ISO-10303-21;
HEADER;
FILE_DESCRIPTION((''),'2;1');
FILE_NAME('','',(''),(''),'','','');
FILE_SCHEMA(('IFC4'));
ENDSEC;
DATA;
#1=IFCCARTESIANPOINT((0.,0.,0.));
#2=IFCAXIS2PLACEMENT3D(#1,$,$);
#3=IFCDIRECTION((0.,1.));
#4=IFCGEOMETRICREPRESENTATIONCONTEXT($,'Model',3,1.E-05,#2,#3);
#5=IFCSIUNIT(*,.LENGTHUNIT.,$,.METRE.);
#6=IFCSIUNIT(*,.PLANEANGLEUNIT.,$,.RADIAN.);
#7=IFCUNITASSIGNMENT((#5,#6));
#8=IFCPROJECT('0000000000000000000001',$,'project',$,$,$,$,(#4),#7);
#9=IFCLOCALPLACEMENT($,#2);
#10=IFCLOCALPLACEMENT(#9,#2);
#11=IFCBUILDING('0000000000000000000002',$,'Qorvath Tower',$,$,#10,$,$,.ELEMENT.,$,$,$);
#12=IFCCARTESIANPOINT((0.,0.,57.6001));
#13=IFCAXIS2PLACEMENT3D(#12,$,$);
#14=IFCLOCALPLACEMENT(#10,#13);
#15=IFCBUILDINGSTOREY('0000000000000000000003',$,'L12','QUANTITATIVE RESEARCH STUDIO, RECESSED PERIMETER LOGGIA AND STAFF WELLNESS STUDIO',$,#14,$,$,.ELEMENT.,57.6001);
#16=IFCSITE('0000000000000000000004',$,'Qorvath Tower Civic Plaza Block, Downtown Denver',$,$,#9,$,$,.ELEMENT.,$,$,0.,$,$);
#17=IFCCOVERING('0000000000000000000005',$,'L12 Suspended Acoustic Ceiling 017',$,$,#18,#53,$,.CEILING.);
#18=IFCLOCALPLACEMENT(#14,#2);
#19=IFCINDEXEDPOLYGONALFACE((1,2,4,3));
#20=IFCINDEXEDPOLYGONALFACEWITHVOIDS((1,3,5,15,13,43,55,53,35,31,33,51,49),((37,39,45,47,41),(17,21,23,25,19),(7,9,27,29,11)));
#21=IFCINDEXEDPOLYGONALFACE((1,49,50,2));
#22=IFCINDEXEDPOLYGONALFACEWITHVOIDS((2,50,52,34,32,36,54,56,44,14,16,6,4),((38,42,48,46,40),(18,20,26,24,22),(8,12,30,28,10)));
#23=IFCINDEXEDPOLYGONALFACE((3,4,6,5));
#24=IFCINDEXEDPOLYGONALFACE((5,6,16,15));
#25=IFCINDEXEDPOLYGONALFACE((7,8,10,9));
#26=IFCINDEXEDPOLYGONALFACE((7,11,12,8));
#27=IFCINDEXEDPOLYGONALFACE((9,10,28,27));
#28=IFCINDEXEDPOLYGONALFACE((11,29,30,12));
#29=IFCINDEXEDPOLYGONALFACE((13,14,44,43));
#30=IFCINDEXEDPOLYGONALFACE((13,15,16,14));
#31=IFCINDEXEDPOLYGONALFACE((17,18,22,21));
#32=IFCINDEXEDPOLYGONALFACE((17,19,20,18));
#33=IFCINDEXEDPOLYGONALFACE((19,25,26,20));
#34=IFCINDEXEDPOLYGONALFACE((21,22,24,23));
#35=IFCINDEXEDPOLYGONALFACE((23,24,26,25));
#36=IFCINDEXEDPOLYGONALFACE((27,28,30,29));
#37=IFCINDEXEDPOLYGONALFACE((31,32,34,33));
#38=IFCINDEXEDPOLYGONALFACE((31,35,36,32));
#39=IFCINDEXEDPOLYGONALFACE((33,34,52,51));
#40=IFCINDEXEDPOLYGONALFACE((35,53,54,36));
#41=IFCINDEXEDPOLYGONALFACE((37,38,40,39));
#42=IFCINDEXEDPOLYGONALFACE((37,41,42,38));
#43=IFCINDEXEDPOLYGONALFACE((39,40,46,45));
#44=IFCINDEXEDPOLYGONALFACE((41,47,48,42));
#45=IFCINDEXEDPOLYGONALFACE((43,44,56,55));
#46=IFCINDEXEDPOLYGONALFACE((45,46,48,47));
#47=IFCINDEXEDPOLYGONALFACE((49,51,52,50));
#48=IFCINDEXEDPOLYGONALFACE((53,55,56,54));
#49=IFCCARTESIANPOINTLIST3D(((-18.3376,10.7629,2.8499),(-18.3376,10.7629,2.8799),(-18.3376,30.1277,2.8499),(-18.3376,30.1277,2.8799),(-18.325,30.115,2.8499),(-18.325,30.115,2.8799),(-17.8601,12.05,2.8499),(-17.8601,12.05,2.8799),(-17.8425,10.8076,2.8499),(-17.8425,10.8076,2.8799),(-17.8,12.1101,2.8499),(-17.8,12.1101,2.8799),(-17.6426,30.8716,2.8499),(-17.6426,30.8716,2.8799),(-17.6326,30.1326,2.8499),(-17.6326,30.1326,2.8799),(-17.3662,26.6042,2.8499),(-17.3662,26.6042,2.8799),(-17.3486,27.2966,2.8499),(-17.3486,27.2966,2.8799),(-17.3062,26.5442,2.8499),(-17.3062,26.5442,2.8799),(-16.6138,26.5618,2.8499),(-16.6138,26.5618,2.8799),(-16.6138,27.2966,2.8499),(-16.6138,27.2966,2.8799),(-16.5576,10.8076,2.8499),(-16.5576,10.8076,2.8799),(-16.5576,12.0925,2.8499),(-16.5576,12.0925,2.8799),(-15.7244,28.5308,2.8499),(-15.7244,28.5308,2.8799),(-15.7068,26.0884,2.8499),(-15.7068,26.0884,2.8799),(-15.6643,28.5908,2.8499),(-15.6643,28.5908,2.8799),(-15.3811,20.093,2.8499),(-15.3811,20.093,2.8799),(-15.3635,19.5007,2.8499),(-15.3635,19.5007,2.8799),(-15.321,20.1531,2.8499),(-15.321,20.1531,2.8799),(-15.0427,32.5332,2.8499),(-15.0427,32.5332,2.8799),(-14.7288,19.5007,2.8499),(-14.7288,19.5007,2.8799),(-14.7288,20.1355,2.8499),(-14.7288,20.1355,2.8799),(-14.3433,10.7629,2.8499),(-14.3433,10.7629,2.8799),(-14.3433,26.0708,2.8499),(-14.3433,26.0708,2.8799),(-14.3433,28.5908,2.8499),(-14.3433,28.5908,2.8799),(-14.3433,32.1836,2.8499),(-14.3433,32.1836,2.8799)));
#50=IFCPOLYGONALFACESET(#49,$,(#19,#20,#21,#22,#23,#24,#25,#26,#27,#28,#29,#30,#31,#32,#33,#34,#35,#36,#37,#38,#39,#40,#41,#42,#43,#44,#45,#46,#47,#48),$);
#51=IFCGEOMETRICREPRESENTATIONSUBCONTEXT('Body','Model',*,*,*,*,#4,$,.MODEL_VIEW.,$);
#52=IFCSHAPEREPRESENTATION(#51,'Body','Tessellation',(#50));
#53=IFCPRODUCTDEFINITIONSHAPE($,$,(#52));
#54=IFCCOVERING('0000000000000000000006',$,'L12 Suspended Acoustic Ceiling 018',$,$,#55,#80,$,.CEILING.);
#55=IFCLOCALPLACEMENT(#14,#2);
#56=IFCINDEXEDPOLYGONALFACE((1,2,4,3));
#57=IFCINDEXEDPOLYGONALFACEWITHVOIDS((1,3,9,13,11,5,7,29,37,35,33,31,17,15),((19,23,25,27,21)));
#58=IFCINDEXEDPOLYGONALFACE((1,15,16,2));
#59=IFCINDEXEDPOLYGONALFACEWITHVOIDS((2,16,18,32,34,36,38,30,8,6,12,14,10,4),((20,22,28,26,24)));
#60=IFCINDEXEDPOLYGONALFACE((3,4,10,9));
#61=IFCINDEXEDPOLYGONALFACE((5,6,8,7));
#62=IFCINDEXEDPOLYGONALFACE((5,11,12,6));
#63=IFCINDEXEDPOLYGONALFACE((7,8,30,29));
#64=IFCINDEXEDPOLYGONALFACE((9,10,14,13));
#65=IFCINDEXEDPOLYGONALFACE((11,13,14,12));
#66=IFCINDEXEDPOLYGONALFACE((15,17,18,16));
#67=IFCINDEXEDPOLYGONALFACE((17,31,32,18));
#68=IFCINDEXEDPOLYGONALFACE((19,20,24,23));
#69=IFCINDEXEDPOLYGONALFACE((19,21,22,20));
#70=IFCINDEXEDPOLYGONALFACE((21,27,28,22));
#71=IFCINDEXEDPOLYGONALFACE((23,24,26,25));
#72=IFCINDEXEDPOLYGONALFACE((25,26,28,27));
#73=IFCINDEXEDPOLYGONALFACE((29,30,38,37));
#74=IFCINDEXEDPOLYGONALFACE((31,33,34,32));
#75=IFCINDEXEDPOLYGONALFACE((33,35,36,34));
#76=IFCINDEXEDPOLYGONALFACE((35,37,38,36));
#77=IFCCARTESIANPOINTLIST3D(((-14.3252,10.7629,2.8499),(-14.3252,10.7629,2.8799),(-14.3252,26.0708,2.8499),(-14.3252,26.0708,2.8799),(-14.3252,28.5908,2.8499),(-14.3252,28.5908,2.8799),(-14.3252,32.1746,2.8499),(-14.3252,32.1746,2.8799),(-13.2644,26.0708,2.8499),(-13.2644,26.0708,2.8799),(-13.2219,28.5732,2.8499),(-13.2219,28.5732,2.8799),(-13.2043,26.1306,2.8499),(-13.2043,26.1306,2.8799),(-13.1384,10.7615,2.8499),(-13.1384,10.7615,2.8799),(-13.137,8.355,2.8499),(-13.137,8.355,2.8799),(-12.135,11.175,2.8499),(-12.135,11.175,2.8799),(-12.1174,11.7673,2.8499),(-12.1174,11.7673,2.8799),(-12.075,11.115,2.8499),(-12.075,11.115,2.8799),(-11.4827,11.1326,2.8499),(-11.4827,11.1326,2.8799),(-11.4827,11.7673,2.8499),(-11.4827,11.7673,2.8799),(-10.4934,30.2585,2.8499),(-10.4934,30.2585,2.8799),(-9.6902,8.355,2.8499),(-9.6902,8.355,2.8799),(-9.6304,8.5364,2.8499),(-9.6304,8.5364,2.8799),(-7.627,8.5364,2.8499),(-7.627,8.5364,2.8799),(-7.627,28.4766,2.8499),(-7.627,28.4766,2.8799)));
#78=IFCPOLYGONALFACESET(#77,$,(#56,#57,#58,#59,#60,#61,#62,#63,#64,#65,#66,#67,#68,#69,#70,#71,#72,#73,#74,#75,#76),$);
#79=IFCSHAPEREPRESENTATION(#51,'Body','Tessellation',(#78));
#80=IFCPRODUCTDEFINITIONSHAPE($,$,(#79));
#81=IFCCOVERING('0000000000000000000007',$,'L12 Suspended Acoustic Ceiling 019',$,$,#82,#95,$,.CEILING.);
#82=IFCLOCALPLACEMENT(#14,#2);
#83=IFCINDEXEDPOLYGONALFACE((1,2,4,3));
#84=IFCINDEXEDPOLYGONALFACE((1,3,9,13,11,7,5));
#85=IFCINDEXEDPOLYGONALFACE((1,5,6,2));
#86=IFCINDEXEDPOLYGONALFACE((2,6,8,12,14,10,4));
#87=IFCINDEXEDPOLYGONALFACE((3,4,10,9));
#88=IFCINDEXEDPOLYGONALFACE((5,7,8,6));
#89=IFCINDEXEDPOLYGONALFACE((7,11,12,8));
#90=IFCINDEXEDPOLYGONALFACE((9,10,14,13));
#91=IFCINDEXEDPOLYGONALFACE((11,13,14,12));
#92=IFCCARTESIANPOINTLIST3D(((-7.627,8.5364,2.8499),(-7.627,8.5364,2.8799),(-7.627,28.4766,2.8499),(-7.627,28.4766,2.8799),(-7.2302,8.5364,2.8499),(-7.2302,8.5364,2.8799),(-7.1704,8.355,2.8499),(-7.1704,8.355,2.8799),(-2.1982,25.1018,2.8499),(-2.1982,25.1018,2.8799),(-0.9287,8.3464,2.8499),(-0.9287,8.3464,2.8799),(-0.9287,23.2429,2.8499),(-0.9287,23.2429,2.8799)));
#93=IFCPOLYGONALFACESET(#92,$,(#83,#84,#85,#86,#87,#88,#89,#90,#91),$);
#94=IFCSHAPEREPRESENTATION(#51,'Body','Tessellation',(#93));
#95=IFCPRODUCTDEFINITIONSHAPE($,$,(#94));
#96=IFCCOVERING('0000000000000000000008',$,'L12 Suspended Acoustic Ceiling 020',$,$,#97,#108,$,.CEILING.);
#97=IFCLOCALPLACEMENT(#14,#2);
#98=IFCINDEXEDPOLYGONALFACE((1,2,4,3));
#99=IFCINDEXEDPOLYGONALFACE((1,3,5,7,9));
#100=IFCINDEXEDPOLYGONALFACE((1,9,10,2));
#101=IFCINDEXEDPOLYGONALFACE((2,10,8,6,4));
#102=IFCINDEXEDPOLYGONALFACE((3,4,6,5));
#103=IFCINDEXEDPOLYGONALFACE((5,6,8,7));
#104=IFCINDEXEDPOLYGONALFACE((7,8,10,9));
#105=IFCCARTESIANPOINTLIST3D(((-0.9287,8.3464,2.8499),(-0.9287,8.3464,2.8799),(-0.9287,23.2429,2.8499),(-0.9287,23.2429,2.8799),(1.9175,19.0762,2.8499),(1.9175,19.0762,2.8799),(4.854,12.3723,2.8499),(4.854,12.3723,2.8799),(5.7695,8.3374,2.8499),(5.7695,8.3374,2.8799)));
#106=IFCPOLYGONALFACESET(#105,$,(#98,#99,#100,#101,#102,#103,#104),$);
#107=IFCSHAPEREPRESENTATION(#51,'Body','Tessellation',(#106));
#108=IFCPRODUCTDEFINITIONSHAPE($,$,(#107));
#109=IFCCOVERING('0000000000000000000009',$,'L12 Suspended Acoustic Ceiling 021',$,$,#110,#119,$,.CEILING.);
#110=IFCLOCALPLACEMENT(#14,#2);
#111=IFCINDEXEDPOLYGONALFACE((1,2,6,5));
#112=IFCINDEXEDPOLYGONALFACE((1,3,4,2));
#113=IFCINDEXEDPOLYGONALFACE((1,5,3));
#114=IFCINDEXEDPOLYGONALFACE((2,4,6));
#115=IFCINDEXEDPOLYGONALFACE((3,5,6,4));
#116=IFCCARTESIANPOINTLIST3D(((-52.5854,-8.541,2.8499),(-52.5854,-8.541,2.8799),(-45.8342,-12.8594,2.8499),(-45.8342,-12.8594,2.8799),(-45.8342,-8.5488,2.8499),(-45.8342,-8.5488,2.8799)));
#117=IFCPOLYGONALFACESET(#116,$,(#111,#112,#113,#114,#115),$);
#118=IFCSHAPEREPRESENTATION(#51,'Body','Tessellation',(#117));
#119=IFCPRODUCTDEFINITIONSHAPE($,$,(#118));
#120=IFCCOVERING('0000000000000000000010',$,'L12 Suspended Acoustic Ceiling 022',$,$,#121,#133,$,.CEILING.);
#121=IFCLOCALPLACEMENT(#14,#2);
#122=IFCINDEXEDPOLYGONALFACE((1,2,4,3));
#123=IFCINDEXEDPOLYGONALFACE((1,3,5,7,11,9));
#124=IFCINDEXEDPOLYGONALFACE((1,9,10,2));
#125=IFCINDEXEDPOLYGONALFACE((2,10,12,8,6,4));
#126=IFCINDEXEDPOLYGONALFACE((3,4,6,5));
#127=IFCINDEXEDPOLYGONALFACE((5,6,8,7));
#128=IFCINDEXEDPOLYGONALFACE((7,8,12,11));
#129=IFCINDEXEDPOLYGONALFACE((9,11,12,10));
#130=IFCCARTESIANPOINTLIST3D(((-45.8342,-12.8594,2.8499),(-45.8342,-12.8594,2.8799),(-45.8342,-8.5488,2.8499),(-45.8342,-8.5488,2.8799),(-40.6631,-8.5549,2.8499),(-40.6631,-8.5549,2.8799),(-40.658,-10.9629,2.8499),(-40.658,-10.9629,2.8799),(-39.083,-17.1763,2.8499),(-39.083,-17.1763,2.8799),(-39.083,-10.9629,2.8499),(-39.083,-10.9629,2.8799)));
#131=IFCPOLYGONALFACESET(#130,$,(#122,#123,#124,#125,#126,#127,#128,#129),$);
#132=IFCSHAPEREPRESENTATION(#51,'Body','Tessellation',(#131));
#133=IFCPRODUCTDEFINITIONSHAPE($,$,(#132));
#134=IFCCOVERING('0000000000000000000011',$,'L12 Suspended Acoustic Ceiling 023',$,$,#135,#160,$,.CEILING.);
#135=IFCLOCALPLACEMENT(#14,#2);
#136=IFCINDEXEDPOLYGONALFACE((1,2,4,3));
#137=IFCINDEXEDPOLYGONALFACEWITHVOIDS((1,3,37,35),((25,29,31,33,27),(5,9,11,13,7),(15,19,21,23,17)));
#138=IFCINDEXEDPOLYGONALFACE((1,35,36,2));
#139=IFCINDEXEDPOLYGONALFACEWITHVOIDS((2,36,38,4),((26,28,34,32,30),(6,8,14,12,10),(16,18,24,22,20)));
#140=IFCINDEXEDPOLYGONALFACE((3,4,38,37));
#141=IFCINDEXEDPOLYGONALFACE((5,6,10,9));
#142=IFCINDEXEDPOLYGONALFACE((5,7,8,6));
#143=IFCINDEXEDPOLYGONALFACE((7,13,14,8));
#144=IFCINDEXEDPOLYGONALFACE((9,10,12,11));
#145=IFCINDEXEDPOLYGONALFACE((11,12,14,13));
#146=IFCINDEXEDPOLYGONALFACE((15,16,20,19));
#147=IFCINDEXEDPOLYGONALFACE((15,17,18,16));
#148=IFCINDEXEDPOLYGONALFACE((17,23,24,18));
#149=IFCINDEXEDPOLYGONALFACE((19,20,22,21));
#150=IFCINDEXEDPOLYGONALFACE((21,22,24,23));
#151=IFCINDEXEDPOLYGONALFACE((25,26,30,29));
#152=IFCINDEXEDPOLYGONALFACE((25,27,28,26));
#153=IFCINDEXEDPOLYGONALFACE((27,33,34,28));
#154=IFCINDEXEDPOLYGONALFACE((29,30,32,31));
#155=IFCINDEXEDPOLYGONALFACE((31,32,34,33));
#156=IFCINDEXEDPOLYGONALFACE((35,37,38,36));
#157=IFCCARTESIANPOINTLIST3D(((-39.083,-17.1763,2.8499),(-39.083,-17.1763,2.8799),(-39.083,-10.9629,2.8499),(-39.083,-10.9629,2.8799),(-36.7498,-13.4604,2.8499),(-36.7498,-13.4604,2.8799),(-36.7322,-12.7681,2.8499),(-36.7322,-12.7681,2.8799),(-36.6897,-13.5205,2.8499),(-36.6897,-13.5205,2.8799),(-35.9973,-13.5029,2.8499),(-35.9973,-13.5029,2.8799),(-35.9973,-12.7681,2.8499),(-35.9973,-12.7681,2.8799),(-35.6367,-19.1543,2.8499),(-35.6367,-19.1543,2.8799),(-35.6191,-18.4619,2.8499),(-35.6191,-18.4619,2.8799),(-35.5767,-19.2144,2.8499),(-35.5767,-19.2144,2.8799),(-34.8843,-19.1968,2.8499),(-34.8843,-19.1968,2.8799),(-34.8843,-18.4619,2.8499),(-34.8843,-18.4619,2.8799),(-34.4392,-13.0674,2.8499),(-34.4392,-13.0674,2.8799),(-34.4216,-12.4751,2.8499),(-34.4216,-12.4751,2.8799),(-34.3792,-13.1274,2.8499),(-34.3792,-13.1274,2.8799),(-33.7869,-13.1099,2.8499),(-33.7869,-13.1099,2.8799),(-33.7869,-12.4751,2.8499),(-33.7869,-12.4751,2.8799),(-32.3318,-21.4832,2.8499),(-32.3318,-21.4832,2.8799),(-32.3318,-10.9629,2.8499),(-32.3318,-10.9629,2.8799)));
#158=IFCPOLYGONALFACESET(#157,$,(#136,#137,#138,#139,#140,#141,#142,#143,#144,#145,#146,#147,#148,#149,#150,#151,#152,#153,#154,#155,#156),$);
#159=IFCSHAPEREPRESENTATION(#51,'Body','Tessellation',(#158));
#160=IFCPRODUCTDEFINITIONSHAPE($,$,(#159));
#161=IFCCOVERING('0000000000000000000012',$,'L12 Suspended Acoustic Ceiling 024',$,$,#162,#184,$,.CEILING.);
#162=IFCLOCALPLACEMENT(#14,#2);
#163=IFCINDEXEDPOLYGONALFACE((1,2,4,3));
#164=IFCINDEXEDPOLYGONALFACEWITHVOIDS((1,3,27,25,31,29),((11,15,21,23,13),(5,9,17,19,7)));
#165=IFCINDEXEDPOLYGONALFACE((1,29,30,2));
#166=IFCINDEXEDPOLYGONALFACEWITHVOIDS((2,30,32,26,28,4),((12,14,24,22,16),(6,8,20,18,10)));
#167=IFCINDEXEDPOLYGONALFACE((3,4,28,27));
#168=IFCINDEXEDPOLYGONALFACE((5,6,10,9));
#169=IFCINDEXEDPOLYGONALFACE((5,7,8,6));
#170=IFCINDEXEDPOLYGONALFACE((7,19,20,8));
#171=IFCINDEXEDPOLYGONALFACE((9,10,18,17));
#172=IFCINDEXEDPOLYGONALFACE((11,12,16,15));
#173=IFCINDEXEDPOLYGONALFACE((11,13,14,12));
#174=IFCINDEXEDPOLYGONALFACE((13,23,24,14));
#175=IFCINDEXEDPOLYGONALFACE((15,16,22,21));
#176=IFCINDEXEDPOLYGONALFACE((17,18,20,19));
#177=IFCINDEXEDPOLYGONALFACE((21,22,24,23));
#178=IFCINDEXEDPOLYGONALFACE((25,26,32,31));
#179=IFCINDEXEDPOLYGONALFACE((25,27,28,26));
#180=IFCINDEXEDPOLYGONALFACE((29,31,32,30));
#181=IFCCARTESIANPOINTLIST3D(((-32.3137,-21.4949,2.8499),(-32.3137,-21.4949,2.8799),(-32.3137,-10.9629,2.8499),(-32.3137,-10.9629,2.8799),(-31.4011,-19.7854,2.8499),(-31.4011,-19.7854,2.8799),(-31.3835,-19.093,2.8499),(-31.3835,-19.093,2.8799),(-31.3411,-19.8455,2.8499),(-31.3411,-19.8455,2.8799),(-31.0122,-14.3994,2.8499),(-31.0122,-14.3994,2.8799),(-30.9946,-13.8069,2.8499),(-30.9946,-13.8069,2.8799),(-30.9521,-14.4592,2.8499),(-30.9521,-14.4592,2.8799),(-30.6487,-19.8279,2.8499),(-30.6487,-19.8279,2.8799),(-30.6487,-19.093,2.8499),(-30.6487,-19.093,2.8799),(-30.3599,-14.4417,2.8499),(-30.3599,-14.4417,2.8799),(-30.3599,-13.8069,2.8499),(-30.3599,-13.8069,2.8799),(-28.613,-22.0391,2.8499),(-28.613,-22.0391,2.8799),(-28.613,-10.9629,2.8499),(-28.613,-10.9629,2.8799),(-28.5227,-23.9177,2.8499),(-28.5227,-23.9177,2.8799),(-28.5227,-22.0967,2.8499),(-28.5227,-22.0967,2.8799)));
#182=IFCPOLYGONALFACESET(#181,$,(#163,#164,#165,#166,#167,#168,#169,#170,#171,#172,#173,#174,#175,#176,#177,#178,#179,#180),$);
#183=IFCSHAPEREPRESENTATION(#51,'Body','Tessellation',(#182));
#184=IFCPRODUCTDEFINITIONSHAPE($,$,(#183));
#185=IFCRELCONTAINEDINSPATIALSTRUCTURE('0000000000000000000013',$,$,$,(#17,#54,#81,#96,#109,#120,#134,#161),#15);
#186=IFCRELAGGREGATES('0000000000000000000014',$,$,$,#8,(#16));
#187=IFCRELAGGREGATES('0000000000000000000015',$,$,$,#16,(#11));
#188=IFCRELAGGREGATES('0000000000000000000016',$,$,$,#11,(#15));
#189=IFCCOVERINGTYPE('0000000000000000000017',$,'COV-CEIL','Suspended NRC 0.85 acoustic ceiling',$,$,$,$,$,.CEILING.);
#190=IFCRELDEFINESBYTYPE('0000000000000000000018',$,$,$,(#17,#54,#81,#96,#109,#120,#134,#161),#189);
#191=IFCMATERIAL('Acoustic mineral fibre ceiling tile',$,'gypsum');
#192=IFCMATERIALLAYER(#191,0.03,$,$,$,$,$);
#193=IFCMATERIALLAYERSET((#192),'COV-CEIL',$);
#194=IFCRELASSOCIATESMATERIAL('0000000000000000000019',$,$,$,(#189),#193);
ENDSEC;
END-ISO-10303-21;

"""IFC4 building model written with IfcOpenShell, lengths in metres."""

from ifc_helpers import new_model, si_unit, direction, frame, origin, place, context, subcontext, project, spatial, polyline, outline, extrude, material, layer, layer_set, type_object, element, save


model = new_model("IFC4")

# Units and contexts
model_context = context("Model", 3, precision=1e-05, world=origin(), true_north=direction((0.0, 1.0)))
body_context = subcontext(model_context, "Body", "Model", "MODEL_VIEW")
ifc_project = project(units=[si_unit("LENGTHUNIT", "METRE"), si_unit("PLANEANGLEUNIT", "RADIAN")], contexts=[model_context])

# Site, building, storey
site_placement = place(None, origin())
site = spatial("IfcSite", under=ifc_project, at=site_placement, Name="Qorvath Tower Civic Plaza Block, Downtown Denver", CompositionType="ELEMENT", RefElevation=0.0)
building_placement = place(site_placement, origin())
building = spatial("IfcBuilding", under=site, at=building_placement, Name="Qorvath Tower", CompositionType="ELEMENT")
storey_placement = place(building_placement, frame((0.0, 0.0, 57.6001)))
storey = spatial("IfcBuildingStorey", under=building, at=storey_placement, Name="L12", Description="QUANTITATIVE RESEARCH STUDIO, RECESSED PERIMETER LOGGIA AND STAFF WELLNESS STUDIO", CompositionType="ELEMENT", Elevation=57.6001)

# Coverings
ifc_material_1 = material(Name="Acoustic mineral fibre ceiling tile", Category="gypsum")
ifc_layer_1 = layer(ifc_material_1, 0.03)
ifc_layer_set_1 = layer_set([ifc_layer_1], Name="COV-CEIL")
covering_type_1 = type_object("IfcCoveringType", Name="COV-CEIL", Description="Suspended NRC 0.85 acoustic ceiling", PredefinedType="CEILING", material=ifc_layer_set_1)
covering_1_placement = place(storey_placement, frame((0.0, 0.0, 2.8499)))
element("IfcCovering", 1, at=covering_1_placement, inside=storey, type_object=covering_type_1, Name="L12 Suspended Acoustic Ceiling 017", PredefinedType="CEILING", context=body_context, shape_type="SweptSolid", body=[
    extrude(outline(polyline([(-14.3433, 32.1836), (-15.0427, 32.5332), (-17.6426, 30.8716), (-17.6326, 30.1326), (-18.325, 30.115), (-18.3376, 30.1277), (-18.3376, 10.7629), (-14.3433, 10.7629), (-14.3433, 26.0708), (-15.7068, 26.0884), (-15.7244, 28.5308), (-15.6643, 28.5908), (-14.3433, 28.5908), (-14.3433, 32.1836)]), holes=[polyline([(-15.3811, 20.093), (-15.321, 20.1531), (-14.7288, 20.1355), (-14.7288, 19.5007), (-15.3635, 19.5007), (-15.3811, 20.093)]), polyline([(-17.8601, 12.05), (-17.8, 12.1101), (-16.5576, 12.0925), (-16.5576, 10.8076), (-17.8425, 10.8076), (-17.8601, 12.05)]), polyline([(-17.3662, 26.6042), (-17.3486, 27.2966), (-16.6138, 27.2966), (-16.6138, 26.5618), (-17.3062, 26.5442), (-17.3662, 26.6042)])]), origin(), (0.0, 0.0, 1.0), 0.03),
])
covering_2_placement = place(storey_placement, frame((0.0, 0.0, 2.8499)))
element("IfcCovering", 2, at=covering_2_placement, inside=storey, type_object=covering_type_1, Name="L12 Suspended Acoustic Ceiling 018", PredefinedType="CEILING", context=body_context, shape_type="SweptSolid", body=[
    extrude(outline(polyline([(-7.627, 8.5364), (-7.627, 28.4766), (-10.4934, 30.2585), (-14.3252, 32.1746), (-14.3252, 28.5908), (-13.2219, 28.5732), (-13.2043, 26.1306), (-13.2644, 26.0708), (-14.3252, 26.0708), (-14.3252, 10.7629), (-13.1384, 10.7615), (-13.137, 8.355), (-9.6902, 8.355), (-9.6304, 8.5364), (-7.627, 8.5364)]), holes=[polyline([(-12.135, 11.175), (-12.1174, 11.7673), (-11.4827, 11.7673), (-11.4827, 11.1326), (-12.075, 11.115), (-12.135, 11.175)])]), origin(), (0.0, 0.0, 1.0), 0.03),
])
covering_3_placement = place(storey_placement, frame((0.0, 0.0, 2.8499)))
element("IfcCovering", 3, at=covering_3_placement, inside=storey, type_object=covering_type_1, Name="L12 Suspended Acoustic Ceiling 019", PredefinedType="CEILING", context=body_context, shape_type="SweptSolid", body=[
    extrude(outline(polyline([(-0.9287, 8.3464), (-0.9287, 23.2429), (-2.1982, 25.1018), (-7.627, 28.4766), (-7.627, 8.5364), (-7.2302, 8.5364), (-7.1704, 8.355), (-0.9287, 8.3464)])), origin(), (0.0, 0.0, 1.0), 0.03),
])
covering_4_placement = place(storey_placement, frame((0.0, 0.0, 2.8499)))
element("IfcCovering", 4, at=covering_4_placement, inside=storey, type_object=covering_type_1, Name="L12 Suspended Acoustic Ceiling 020", PredefinedType="CEILING", context=body_context, shape_type="SweptSolid", body=[
    extrude(outline(polyline([(5.7695, 8.3374), (4.854, 12.3723), (1.9175, 19.0762), (-0.9287, 23.2429), (-0.9287, 8.3464), (5.7695, 8.3374)])), origin(), (0.0, 0.0, 1.0), 0.03),
])
covering_5_placement = place(storey_placement, frame((0.0, 0.0, 2.8499)))
element("IfcCovering", 5, at=covering_5_placement, inside=storey, type_object=covering_type_1, Name="L12 Suspended Acoustic Ceiling 021", PredefinedType="CEILING", context=body_context, shape_type="SweptSolid", body=[
    extrude(outline(polyline([(-45.8342, -12.8594), (-45.8342, -8.5488), (-52.5854, -8.541), (-45.8342, -12.8594)])), origin(), (0.0, 0.0, 1.0), 0.03),
])
covering_6_placement = place(storey_placement, frame((0.0, 0.0, 2.8499)))
element("IfcCovering", 6, at=covering_6_placement, inside=storey, type_object=covering_type_1, Name="L12 Suspended Acoustic Ceiling 022", PredefinedType="CEILING", context=body_context, shape_type="SweptSolid", body=[
    extrude(outline(polyline([(-39.083, -10.9629), (-40.658, -10.9629), (-40.6631, -8.5549), (-45.8342, -8.5488), (-45.8342, -12.8594), (-39.083, -17.1763), (-39.083, -10.9629)])), origin(), (0.0, 0.0, 1.0), 0.03),
])
covering_7_placement = place(storey_placement, frame((0.0, 0.0, 2.8499)))
element("IfcCovering", 7, at=covering_7_placement, inside=storey, type_object=covering_type_1, Name="L12 Suspended Acoustic Ceiling 023", PredefinedType="CEILING", context=body_context, shape_type="SweptSolid", body=[
    extrude(outline(polyline([(-32.3318, -21.4832), (-32.3318, -10.9629), (-39.083, -10.9629), (-39.083, -17.1763), (-32.3318, -21.4832)]), holes=[polyline([(-34.4392, -13.0674), (-34.4216, -12.4751), (-33.7869, -12.4751), (-33.7869, -13.1099), (-34.3792, -13.1274), (-34.4392, -13.0674)]), polyline([(-35.6367, -19.1543), (-35.6191, -18.4619), (-34.8843, -18.4619), (-34.8843, -19.1968), (-35.5767, -19.2144), (-35.6367, -19.1543)]), polyline([(-36.7498, -13.4604), (-36.7322, -12.7681), (-35.9973, -12.7681), (-35.9973, -13.5029), (-36.6897, -13.5205), (-36.7498, -13.4604)])]), origin(), (0.0, 0.0, 1.0), 0.03),
])
covering_8_placement = place(storey_placement, frame((0.0, 0.0, 2.8499)))
element("IfcCovering", 8, at=covering_8_placement, inside=storey, type_object=covering_type_1, Name="L12 Suspended Acoustic Ceiling 024", PredefinedType="CEILING", context=body_context, shape_type="SweptSolid", body=[
    extrude(outline(polyline([(-28.5227, -23.9177), (-28.5227, -22.0967), (-28.613, -22.0391), (-28.613, -10.9629), (-32.3137, -10.9629), (-32.3137, -21.4949), (-28.5227, -23.9177)]), holes=[polyline([(-31.0122, -14.3994), (-30.9946, -13.8069), (-30.3599, -13.8069), (-30.3599, -14.4417), (-30.9521, -14.4592), (-31.0122, -14.3994)]), polyline([(-31.4011, -19.7854), (-31.3835, -19.093), (-30.6487, -19.093), (-30.6487, -19.8279), (-31.3411, -19.8455), (-31.4011, -19.7854)])]), origin(), (0.0, 0.0, 1.0), 0.03),
])

save(model, "model.ifc")
